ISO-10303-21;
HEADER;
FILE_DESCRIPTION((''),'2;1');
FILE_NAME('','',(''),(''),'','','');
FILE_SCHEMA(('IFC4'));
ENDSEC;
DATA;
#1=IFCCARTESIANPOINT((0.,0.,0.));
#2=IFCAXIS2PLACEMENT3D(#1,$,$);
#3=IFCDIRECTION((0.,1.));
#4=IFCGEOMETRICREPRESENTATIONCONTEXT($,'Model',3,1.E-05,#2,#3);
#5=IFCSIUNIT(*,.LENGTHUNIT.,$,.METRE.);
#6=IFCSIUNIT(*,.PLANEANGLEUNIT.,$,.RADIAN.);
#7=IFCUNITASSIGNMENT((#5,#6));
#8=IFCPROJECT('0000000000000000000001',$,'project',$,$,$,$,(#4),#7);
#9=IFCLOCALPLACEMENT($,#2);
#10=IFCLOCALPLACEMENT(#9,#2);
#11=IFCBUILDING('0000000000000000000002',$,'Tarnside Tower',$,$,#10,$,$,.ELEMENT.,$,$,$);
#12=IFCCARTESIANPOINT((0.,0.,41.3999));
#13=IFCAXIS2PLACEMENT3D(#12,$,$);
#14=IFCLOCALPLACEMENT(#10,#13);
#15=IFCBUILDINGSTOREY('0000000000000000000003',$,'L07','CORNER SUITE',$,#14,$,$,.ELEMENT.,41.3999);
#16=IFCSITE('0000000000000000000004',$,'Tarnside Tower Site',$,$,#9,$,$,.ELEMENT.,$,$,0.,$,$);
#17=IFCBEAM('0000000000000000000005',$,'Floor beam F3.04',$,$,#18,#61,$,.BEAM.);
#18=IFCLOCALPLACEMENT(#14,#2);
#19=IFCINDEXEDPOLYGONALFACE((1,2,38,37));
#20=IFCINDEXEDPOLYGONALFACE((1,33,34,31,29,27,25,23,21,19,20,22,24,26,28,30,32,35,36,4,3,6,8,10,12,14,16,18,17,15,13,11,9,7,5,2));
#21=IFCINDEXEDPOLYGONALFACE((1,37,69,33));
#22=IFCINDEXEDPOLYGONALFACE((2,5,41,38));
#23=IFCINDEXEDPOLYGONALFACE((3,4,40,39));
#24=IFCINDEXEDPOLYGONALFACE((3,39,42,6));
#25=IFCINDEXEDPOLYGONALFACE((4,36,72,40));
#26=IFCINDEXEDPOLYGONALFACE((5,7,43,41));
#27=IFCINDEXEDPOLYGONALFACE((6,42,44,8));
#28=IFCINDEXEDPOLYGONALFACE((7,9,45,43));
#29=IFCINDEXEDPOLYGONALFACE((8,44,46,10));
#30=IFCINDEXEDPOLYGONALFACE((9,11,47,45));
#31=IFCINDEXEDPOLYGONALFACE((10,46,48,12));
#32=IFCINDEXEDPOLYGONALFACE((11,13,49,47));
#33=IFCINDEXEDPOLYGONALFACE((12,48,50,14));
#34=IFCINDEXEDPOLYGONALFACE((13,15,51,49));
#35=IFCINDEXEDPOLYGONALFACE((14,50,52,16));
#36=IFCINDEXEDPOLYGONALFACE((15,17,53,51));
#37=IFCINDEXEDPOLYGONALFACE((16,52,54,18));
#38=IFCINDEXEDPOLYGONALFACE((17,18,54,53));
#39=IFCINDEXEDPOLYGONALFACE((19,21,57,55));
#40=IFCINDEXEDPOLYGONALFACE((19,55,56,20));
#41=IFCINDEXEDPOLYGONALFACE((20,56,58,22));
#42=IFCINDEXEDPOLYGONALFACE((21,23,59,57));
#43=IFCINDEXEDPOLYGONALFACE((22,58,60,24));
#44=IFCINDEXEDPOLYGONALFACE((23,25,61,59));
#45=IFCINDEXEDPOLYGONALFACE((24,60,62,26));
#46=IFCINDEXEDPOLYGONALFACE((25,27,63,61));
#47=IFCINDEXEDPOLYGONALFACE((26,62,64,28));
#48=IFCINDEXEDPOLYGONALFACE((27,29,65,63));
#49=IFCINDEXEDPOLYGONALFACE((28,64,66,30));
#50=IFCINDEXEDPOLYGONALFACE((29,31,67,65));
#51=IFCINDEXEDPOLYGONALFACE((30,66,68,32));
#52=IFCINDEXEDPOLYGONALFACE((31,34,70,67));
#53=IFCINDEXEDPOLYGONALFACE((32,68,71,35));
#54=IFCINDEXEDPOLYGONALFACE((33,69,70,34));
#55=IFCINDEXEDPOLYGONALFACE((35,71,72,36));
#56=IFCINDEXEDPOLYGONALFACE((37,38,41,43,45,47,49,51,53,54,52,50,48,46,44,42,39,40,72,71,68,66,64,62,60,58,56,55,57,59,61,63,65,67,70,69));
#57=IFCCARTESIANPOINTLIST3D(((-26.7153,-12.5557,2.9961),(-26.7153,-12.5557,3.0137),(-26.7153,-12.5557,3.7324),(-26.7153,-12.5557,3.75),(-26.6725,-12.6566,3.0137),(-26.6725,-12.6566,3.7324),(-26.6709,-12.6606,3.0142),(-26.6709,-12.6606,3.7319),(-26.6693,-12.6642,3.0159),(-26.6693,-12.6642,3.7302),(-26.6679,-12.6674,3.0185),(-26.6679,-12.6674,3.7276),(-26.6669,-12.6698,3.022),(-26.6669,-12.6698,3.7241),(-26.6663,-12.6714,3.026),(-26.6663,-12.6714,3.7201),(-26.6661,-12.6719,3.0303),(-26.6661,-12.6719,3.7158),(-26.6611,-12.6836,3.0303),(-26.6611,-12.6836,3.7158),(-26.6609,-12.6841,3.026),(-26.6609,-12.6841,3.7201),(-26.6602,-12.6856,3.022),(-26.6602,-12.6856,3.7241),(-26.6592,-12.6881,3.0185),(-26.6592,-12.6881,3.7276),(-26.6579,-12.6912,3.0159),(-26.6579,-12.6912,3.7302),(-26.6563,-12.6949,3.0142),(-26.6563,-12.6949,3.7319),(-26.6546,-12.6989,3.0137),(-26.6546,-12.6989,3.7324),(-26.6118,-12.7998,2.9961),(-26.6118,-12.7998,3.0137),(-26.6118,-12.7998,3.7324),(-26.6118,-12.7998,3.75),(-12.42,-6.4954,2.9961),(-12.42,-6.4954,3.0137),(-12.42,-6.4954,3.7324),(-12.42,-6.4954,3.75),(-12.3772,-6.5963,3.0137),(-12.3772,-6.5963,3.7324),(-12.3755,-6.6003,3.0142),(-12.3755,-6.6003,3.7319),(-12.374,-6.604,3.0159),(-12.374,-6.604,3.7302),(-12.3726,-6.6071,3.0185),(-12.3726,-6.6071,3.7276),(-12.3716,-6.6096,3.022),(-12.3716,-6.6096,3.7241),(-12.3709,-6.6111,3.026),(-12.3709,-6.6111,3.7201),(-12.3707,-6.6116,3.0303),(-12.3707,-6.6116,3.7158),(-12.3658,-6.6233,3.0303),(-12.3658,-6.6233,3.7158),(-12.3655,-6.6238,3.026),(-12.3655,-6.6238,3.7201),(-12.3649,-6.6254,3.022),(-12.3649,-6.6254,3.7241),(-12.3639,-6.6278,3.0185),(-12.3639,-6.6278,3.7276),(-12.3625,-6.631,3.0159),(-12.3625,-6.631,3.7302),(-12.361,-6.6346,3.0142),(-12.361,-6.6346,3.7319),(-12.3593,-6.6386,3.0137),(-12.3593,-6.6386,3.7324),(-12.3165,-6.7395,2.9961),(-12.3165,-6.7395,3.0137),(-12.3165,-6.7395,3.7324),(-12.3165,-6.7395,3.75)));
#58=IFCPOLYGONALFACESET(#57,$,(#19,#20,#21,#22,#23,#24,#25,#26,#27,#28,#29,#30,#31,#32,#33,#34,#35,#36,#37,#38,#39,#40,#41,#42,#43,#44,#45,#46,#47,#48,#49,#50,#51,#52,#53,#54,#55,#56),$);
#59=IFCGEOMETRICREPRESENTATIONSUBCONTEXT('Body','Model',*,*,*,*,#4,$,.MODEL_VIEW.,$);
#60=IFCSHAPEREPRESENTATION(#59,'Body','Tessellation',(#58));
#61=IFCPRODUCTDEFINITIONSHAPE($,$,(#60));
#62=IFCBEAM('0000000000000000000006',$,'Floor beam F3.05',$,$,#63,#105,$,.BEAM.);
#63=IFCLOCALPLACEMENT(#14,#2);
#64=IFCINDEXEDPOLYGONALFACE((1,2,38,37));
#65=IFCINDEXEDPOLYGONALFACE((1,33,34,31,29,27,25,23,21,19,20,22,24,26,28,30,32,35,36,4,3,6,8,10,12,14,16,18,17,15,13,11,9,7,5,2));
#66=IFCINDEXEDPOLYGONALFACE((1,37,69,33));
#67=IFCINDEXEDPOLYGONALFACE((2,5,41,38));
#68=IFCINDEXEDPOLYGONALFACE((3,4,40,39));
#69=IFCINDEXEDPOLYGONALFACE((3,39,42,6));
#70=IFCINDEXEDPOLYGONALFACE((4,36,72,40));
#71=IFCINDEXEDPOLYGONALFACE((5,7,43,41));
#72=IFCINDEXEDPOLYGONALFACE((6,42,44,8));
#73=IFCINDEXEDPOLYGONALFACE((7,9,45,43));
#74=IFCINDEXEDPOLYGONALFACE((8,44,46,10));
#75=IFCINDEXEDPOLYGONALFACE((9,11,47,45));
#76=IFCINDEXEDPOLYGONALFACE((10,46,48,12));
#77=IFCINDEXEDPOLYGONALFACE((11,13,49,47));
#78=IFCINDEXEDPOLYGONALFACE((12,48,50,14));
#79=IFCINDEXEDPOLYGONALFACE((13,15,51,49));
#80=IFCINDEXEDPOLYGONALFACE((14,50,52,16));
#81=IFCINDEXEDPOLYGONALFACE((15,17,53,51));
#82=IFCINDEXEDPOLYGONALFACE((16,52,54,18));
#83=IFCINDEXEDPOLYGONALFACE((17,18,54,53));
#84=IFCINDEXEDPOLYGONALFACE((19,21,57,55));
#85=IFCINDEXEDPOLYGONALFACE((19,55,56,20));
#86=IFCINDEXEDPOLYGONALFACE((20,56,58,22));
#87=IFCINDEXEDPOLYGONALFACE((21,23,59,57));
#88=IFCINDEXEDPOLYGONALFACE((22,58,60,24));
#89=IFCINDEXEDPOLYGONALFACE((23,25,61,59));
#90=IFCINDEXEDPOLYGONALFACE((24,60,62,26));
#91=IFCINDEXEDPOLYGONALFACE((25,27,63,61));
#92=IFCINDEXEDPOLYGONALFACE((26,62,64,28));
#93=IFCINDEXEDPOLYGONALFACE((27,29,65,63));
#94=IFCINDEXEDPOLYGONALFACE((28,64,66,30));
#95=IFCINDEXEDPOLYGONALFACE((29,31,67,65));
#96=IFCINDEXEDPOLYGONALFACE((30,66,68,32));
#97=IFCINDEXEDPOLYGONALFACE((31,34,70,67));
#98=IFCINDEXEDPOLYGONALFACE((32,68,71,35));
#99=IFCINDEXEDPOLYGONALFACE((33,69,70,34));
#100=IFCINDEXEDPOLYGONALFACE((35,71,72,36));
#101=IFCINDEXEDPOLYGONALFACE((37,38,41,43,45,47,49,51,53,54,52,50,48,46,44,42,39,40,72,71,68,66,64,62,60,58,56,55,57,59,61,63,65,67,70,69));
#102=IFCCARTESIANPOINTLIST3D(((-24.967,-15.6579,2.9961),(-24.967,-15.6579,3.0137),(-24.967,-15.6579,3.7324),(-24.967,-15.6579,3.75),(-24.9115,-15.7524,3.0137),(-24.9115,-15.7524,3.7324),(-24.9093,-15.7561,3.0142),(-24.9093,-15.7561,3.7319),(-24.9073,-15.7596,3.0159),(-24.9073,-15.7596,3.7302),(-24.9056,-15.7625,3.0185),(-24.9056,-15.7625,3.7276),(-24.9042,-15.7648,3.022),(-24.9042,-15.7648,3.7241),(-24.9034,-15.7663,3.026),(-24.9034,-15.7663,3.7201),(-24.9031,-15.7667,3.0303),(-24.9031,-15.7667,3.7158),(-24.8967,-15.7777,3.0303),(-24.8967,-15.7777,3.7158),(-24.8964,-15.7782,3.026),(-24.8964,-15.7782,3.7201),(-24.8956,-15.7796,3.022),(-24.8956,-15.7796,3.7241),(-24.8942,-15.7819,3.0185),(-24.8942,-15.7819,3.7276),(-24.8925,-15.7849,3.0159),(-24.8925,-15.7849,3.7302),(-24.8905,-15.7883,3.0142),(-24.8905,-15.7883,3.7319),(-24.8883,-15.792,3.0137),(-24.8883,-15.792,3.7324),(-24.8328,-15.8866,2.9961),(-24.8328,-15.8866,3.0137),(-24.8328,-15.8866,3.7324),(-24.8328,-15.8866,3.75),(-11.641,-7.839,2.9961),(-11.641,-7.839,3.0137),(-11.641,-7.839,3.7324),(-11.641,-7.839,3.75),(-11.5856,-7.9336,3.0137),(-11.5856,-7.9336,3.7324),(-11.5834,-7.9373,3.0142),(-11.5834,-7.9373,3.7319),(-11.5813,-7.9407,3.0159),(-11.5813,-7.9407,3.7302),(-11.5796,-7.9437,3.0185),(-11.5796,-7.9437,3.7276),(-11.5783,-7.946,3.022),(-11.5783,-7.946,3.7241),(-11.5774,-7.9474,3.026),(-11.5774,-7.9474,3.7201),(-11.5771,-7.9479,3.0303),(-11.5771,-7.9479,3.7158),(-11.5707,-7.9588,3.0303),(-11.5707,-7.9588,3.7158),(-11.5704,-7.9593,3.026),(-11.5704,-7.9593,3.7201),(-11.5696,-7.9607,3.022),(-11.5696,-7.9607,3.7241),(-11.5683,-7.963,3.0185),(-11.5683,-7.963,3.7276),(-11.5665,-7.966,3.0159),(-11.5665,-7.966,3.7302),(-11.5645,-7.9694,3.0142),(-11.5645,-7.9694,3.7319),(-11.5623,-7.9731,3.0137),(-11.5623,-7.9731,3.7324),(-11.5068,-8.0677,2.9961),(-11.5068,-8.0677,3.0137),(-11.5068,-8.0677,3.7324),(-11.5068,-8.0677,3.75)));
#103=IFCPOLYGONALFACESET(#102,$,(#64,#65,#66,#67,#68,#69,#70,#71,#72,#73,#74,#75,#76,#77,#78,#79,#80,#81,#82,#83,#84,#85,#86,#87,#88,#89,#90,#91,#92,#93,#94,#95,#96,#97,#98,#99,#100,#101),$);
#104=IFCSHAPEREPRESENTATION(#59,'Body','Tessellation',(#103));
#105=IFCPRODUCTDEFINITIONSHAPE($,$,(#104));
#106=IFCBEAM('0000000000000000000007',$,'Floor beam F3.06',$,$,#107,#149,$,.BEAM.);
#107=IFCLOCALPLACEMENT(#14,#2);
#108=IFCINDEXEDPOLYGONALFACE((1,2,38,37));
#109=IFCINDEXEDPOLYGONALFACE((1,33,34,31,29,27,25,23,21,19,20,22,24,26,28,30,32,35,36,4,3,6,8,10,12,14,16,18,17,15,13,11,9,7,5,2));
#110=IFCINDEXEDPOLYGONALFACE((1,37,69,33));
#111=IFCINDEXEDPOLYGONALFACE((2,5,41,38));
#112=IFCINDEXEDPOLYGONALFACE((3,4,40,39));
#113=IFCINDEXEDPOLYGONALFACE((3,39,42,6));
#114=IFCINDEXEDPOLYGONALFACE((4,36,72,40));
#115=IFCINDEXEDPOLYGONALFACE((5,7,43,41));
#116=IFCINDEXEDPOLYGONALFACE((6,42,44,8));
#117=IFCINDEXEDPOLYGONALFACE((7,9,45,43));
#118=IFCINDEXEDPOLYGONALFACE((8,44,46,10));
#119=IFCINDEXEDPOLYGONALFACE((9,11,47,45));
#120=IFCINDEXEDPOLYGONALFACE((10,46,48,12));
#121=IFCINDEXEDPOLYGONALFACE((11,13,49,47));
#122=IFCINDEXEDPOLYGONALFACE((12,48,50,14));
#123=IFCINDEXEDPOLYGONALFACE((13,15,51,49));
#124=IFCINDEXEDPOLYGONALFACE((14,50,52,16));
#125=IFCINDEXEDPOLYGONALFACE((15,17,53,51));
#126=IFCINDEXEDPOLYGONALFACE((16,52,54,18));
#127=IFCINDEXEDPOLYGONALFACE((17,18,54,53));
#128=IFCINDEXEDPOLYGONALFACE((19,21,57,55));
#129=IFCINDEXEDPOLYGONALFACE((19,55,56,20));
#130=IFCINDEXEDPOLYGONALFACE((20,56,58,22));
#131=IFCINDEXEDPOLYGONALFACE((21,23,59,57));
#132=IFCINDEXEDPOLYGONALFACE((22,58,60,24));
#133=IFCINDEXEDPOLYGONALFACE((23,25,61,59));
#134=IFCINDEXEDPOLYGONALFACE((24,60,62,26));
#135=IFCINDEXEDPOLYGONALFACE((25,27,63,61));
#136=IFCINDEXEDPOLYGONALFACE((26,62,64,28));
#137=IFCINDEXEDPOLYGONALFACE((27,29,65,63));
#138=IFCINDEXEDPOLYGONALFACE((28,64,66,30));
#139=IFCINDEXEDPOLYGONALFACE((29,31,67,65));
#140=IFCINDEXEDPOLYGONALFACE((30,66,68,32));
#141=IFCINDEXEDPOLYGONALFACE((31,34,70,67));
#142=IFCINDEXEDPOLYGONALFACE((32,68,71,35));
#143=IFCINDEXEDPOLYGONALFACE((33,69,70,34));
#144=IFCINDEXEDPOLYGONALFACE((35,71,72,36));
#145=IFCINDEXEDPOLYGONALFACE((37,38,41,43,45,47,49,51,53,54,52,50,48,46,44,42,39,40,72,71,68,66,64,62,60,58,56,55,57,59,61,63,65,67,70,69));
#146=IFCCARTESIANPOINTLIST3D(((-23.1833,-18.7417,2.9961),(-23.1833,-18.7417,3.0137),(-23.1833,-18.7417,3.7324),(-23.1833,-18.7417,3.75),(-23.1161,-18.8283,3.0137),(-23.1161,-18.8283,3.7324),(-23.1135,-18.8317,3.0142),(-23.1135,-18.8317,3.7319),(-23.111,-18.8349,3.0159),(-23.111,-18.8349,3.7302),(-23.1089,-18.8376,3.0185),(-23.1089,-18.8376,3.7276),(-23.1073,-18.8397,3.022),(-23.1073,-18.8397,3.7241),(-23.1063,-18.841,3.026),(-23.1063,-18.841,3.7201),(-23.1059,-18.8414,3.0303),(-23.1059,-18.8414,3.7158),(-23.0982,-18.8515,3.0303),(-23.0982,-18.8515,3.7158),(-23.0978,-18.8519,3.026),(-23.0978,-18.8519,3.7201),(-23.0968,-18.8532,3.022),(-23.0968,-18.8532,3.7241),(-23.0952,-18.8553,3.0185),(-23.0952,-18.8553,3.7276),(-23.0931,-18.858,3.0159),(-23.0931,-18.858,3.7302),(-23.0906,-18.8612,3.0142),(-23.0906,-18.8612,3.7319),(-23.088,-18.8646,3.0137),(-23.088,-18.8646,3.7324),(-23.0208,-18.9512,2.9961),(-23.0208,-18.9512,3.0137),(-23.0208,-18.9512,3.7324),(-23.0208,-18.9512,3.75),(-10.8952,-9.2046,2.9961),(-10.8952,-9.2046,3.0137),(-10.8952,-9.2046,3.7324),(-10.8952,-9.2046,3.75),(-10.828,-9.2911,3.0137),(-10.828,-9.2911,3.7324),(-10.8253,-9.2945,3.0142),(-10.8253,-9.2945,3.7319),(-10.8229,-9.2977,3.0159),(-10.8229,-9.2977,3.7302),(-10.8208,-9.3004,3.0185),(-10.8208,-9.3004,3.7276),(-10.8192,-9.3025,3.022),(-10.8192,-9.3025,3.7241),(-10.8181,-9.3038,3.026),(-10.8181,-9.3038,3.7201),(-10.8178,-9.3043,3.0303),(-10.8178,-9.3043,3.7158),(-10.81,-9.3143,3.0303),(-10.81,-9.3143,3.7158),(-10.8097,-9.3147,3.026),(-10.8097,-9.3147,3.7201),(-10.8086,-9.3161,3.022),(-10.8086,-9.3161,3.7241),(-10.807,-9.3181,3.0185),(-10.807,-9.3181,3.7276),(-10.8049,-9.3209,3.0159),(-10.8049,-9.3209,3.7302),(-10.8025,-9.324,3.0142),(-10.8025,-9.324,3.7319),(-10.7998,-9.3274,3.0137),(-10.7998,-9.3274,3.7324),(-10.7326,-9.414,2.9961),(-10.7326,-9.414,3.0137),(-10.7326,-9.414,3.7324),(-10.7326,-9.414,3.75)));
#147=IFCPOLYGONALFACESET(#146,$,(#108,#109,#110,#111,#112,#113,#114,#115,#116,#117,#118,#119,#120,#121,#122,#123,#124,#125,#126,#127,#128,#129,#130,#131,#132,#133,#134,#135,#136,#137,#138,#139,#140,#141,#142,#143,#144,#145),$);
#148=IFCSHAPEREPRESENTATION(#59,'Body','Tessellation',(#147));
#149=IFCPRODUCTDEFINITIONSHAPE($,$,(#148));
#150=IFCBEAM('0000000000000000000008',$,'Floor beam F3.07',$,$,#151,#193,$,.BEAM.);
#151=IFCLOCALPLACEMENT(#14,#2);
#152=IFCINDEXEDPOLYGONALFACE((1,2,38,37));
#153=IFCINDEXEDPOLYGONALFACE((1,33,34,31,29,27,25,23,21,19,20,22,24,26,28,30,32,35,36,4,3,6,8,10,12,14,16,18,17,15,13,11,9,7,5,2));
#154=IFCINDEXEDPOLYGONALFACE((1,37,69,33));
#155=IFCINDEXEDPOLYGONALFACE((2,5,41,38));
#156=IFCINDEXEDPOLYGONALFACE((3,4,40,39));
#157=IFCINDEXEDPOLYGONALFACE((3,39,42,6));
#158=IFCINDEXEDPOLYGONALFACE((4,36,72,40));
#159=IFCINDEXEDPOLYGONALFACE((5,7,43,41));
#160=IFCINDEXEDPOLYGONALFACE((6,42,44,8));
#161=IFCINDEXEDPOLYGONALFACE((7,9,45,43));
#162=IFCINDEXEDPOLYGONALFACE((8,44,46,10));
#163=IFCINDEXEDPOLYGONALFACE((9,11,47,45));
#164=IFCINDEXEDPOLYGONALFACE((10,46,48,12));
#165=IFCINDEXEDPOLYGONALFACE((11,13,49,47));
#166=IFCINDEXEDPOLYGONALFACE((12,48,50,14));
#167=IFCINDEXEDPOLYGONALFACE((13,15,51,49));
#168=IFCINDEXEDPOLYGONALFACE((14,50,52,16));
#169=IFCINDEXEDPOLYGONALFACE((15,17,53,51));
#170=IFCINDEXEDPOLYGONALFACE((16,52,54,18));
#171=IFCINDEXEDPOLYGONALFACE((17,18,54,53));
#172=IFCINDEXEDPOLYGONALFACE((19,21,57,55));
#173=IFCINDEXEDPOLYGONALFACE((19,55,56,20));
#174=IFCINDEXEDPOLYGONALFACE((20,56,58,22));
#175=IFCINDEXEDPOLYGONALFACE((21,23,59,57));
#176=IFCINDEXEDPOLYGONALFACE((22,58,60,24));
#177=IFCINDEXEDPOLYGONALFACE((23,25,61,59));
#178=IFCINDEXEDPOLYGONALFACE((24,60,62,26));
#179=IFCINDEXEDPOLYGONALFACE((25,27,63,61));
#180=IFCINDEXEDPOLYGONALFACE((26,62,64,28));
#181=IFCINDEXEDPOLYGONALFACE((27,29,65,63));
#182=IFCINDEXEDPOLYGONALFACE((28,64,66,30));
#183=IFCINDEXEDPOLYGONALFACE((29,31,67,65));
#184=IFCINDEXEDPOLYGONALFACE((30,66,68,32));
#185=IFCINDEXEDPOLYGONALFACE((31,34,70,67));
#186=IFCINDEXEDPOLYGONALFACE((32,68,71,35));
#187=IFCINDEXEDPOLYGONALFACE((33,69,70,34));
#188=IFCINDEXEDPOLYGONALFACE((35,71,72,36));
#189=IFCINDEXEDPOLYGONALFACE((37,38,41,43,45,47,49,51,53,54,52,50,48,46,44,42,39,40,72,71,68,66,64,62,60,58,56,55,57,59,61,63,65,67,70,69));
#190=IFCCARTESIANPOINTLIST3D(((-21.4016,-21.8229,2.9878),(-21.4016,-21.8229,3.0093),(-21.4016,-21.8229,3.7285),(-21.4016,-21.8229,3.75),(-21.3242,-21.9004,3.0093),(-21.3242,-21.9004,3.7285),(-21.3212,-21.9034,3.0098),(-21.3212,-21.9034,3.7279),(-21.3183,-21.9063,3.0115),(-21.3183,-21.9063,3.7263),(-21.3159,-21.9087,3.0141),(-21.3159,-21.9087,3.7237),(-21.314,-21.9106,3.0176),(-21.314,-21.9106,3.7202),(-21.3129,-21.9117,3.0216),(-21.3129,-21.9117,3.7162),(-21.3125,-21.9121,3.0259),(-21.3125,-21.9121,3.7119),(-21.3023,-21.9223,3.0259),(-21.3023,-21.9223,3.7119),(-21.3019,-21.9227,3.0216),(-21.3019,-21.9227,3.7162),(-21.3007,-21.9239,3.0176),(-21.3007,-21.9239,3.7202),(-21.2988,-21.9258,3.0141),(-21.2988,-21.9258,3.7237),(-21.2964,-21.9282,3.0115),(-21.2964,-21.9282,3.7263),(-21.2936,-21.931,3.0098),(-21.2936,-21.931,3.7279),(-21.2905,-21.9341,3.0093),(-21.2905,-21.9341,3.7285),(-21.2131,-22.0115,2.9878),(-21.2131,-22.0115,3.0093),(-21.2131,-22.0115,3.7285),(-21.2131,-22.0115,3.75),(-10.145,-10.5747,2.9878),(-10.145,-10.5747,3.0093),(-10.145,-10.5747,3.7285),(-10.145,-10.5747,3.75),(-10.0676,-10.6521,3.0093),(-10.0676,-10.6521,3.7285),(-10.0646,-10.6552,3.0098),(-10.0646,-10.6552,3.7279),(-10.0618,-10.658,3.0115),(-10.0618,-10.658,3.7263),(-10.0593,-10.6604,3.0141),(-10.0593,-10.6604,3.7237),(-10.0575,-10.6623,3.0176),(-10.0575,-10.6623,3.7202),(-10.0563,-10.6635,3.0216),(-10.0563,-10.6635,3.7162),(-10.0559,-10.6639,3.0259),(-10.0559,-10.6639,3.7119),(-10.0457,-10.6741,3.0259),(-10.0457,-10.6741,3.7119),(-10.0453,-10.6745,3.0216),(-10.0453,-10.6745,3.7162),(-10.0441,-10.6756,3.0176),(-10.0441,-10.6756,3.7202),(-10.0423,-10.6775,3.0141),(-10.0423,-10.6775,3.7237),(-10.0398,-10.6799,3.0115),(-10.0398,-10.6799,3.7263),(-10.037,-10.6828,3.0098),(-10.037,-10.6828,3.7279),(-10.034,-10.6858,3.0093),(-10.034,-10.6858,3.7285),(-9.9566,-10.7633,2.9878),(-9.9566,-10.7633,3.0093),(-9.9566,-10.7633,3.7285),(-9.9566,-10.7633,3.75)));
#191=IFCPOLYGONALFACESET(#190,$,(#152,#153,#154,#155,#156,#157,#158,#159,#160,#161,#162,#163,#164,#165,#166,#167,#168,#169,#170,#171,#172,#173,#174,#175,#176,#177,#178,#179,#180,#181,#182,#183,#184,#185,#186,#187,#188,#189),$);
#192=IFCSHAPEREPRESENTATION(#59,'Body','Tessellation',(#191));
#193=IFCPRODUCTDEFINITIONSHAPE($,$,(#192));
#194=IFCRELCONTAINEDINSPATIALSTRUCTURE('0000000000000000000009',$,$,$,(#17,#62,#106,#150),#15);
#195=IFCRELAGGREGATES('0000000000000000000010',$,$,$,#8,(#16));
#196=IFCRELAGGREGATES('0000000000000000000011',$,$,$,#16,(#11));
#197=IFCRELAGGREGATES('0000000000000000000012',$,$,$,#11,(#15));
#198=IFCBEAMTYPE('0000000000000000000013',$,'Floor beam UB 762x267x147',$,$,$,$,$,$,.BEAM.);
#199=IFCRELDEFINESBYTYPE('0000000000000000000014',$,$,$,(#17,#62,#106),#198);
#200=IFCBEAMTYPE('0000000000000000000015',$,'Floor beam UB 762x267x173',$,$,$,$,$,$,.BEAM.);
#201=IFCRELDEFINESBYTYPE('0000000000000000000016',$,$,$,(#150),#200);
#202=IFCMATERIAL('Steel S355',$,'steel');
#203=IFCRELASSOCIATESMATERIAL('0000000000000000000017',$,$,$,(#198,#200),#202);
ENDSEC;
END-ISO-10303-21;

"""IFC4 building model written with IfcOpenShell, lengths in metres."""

from ifc_helpers import new_model, si_unit, direction, frame, origin, origin_2d, place, context, subcontext, project, spatial, i_section, extrude, material, material_profile, profile_set, type_object, element, save


model = new_model("IFC4")

# Units and contexts
model_context = context("Model", 3, precision=1e-05, world=origin(), true_north=direction((0.0, 1.0)))
body_context = subcontext(model_context, "Body", "Model", "MODEL_VIEW")
ifc_project = project(units=[si_unit("LENGTHUNIT", "METRE"), si_unit("PLANEANGLEUNIT", "RADIAN")], contexts=[model_context])

# Site, building, storey
site_placement = place(None, origin())
site = spatial("IfcSite", under=ifc_project, at=site_placement, Name="Tarnside Tower Site", CompositionType="ELEMENT", RefElevation=0.0)
building_placement = place(site_placement, origin())
building = spatial("IfcBuilding", under=site, at=building_placement, Name="Tarnside Tower", CompositionType="ELEMENT")
storey_placement = place(building_placement, frame((0.0, 0.0, 41.3999)))
storey = spatial("IfcBuildingStorey", under=building, at=storey_placement, Name="L07", Description="CORNER SUITE", CompositionType="ELEMENT", Elevation=41.3999)

# Beams
ifc_material_1 = material(Name="Steel S355", Category="steel")
ifc_material_profile_1 = material_profile(ifc_material_1, i_section(OverallWidth=0.2651, OverallDepth=0.7539, WebThickness=0.0127, FlangeThickness=0.0176, FilletRadius=0.0166, at=origin_2d()), Name="UB 762x267x147")
ifc_profile_set_1 = profile_set([ifc_material_profile_1], Name="Steel S355")
beam_type_1 = type_object("IfcBeamType", Name="Floor beam UB 762x267x147", PredefinedType="BEAM", material=ifc_profile_set_1)
beam_1_placement = place(storey_placement, frame((-26.6636, -12.6777, 3.373), z_axis=(0.920684, 0.390309, 0.0), x_axis=(-0.390309, 0.920684, 0.0)))
element("IfcBeam", 1, at=beam_1_placement, inside=storey, type_object=beam_type_1, Name="Floor beam F3.04", PredefinedType="BEAM", context=body_context, shape_type="SweptSolid", body=[
    extrude(i_section(OverallWidth=0.2651, OverallDepth=0.7539, WebThickness=0.0127, FlangeThickness=0.0176, FilletRadius=0.0166, at=origin_2d()), origin(), (0.0, 0.0, 1.0), 15.5269),
])
beam_2_placement = place(storey_placement, frame((-24.8999, -15.7722, 3.373), z_axis=(0.862498, 0.506061, 0.0), x_axis=(-0.506061, 0.862498, 0.0)))
element("IfcBeam", 2, at=beam_2_placement, inside=storey, type_object=beam_type_1, Name="Floor beam F3.05", PredefinedType="BEAM", context=body_context, shape_type="SweptSolid", body=[
    extrude(i_section(OverallWidth=0.2651, OverallDepth=0.7539, WebThickness=0.0127, FlangeThickness=0.0176, FilletRadius=0.0166, at=origin_2d()), origin(), (0.0, 0.0, 1.0), 15.4504),
])
beam_3_placement = place(storey_placement, frame((-23.1021, -18.8464, 3.373), z_axis=(0.789984, 0.613128, 0.0), x_axis=(-0.613128, 0.789984, 0.0)))
element("IfcBeam", 3, at=beam_3_placement, inside=storey, type_object=beam_type_1, Name="Floor beam F3.06", PredefinedType="BEAM", context=body_context, shape_type="SweptSolid", body=[
    extrude(i_section(OverallWidth=0.2651, OverallDepth=0.7539, WebThickness=0.0127, FlangeThickness=0.0176, FilletRadius=0.0166, at=origin_2d()), origin(), (0.0, 0.0, 1.0), 15.5549),
])
ifc_material_profile_2 = material_profile(ifc_material_1, i_section(OverallWidth=0.2666, OverallDepth=0.7622, WebThickness=0.0144, FlangeThickness=0.0215, FilletRadius=0.0166, at=origin_2d()), Name="UB 762x267x173")
ifc_profile_set_2 = profile_set([ifc_material_profile_2], Name="Steel S355")
beam_type_2 = type_object("IfcBeamType", Name="Floor beam UB 762x267x173", PredefinedType="BEAM", material=ifc_profile_set_2)
beam_4_placement = place(storey_placement, frame((-21.3074, -21.9172, 3.3689), z_axis=(0.707368, 0.706846, 0.0), x_axis=(-0.706846, 0.707368, 0.0)))
element("IfcBeam", 4, at=beam_4_placement, inside=storey, type_object=beam_type_2, Name="Floor beam F3.07", PredefinedType="BEAM", context=body_context, shape_type="SweptSolid", body=[
    extrude(i_section(OverallWidth=0.2666, OverallDepth=0.7622, WebThickness=0.0144, FlangeThickness=0.0215, FilletRadius=0.0166, at=origin_2d()), origin(), (0.0, 0.0, 1.0), 15.9133),
])

save(model, "model.ifc")
